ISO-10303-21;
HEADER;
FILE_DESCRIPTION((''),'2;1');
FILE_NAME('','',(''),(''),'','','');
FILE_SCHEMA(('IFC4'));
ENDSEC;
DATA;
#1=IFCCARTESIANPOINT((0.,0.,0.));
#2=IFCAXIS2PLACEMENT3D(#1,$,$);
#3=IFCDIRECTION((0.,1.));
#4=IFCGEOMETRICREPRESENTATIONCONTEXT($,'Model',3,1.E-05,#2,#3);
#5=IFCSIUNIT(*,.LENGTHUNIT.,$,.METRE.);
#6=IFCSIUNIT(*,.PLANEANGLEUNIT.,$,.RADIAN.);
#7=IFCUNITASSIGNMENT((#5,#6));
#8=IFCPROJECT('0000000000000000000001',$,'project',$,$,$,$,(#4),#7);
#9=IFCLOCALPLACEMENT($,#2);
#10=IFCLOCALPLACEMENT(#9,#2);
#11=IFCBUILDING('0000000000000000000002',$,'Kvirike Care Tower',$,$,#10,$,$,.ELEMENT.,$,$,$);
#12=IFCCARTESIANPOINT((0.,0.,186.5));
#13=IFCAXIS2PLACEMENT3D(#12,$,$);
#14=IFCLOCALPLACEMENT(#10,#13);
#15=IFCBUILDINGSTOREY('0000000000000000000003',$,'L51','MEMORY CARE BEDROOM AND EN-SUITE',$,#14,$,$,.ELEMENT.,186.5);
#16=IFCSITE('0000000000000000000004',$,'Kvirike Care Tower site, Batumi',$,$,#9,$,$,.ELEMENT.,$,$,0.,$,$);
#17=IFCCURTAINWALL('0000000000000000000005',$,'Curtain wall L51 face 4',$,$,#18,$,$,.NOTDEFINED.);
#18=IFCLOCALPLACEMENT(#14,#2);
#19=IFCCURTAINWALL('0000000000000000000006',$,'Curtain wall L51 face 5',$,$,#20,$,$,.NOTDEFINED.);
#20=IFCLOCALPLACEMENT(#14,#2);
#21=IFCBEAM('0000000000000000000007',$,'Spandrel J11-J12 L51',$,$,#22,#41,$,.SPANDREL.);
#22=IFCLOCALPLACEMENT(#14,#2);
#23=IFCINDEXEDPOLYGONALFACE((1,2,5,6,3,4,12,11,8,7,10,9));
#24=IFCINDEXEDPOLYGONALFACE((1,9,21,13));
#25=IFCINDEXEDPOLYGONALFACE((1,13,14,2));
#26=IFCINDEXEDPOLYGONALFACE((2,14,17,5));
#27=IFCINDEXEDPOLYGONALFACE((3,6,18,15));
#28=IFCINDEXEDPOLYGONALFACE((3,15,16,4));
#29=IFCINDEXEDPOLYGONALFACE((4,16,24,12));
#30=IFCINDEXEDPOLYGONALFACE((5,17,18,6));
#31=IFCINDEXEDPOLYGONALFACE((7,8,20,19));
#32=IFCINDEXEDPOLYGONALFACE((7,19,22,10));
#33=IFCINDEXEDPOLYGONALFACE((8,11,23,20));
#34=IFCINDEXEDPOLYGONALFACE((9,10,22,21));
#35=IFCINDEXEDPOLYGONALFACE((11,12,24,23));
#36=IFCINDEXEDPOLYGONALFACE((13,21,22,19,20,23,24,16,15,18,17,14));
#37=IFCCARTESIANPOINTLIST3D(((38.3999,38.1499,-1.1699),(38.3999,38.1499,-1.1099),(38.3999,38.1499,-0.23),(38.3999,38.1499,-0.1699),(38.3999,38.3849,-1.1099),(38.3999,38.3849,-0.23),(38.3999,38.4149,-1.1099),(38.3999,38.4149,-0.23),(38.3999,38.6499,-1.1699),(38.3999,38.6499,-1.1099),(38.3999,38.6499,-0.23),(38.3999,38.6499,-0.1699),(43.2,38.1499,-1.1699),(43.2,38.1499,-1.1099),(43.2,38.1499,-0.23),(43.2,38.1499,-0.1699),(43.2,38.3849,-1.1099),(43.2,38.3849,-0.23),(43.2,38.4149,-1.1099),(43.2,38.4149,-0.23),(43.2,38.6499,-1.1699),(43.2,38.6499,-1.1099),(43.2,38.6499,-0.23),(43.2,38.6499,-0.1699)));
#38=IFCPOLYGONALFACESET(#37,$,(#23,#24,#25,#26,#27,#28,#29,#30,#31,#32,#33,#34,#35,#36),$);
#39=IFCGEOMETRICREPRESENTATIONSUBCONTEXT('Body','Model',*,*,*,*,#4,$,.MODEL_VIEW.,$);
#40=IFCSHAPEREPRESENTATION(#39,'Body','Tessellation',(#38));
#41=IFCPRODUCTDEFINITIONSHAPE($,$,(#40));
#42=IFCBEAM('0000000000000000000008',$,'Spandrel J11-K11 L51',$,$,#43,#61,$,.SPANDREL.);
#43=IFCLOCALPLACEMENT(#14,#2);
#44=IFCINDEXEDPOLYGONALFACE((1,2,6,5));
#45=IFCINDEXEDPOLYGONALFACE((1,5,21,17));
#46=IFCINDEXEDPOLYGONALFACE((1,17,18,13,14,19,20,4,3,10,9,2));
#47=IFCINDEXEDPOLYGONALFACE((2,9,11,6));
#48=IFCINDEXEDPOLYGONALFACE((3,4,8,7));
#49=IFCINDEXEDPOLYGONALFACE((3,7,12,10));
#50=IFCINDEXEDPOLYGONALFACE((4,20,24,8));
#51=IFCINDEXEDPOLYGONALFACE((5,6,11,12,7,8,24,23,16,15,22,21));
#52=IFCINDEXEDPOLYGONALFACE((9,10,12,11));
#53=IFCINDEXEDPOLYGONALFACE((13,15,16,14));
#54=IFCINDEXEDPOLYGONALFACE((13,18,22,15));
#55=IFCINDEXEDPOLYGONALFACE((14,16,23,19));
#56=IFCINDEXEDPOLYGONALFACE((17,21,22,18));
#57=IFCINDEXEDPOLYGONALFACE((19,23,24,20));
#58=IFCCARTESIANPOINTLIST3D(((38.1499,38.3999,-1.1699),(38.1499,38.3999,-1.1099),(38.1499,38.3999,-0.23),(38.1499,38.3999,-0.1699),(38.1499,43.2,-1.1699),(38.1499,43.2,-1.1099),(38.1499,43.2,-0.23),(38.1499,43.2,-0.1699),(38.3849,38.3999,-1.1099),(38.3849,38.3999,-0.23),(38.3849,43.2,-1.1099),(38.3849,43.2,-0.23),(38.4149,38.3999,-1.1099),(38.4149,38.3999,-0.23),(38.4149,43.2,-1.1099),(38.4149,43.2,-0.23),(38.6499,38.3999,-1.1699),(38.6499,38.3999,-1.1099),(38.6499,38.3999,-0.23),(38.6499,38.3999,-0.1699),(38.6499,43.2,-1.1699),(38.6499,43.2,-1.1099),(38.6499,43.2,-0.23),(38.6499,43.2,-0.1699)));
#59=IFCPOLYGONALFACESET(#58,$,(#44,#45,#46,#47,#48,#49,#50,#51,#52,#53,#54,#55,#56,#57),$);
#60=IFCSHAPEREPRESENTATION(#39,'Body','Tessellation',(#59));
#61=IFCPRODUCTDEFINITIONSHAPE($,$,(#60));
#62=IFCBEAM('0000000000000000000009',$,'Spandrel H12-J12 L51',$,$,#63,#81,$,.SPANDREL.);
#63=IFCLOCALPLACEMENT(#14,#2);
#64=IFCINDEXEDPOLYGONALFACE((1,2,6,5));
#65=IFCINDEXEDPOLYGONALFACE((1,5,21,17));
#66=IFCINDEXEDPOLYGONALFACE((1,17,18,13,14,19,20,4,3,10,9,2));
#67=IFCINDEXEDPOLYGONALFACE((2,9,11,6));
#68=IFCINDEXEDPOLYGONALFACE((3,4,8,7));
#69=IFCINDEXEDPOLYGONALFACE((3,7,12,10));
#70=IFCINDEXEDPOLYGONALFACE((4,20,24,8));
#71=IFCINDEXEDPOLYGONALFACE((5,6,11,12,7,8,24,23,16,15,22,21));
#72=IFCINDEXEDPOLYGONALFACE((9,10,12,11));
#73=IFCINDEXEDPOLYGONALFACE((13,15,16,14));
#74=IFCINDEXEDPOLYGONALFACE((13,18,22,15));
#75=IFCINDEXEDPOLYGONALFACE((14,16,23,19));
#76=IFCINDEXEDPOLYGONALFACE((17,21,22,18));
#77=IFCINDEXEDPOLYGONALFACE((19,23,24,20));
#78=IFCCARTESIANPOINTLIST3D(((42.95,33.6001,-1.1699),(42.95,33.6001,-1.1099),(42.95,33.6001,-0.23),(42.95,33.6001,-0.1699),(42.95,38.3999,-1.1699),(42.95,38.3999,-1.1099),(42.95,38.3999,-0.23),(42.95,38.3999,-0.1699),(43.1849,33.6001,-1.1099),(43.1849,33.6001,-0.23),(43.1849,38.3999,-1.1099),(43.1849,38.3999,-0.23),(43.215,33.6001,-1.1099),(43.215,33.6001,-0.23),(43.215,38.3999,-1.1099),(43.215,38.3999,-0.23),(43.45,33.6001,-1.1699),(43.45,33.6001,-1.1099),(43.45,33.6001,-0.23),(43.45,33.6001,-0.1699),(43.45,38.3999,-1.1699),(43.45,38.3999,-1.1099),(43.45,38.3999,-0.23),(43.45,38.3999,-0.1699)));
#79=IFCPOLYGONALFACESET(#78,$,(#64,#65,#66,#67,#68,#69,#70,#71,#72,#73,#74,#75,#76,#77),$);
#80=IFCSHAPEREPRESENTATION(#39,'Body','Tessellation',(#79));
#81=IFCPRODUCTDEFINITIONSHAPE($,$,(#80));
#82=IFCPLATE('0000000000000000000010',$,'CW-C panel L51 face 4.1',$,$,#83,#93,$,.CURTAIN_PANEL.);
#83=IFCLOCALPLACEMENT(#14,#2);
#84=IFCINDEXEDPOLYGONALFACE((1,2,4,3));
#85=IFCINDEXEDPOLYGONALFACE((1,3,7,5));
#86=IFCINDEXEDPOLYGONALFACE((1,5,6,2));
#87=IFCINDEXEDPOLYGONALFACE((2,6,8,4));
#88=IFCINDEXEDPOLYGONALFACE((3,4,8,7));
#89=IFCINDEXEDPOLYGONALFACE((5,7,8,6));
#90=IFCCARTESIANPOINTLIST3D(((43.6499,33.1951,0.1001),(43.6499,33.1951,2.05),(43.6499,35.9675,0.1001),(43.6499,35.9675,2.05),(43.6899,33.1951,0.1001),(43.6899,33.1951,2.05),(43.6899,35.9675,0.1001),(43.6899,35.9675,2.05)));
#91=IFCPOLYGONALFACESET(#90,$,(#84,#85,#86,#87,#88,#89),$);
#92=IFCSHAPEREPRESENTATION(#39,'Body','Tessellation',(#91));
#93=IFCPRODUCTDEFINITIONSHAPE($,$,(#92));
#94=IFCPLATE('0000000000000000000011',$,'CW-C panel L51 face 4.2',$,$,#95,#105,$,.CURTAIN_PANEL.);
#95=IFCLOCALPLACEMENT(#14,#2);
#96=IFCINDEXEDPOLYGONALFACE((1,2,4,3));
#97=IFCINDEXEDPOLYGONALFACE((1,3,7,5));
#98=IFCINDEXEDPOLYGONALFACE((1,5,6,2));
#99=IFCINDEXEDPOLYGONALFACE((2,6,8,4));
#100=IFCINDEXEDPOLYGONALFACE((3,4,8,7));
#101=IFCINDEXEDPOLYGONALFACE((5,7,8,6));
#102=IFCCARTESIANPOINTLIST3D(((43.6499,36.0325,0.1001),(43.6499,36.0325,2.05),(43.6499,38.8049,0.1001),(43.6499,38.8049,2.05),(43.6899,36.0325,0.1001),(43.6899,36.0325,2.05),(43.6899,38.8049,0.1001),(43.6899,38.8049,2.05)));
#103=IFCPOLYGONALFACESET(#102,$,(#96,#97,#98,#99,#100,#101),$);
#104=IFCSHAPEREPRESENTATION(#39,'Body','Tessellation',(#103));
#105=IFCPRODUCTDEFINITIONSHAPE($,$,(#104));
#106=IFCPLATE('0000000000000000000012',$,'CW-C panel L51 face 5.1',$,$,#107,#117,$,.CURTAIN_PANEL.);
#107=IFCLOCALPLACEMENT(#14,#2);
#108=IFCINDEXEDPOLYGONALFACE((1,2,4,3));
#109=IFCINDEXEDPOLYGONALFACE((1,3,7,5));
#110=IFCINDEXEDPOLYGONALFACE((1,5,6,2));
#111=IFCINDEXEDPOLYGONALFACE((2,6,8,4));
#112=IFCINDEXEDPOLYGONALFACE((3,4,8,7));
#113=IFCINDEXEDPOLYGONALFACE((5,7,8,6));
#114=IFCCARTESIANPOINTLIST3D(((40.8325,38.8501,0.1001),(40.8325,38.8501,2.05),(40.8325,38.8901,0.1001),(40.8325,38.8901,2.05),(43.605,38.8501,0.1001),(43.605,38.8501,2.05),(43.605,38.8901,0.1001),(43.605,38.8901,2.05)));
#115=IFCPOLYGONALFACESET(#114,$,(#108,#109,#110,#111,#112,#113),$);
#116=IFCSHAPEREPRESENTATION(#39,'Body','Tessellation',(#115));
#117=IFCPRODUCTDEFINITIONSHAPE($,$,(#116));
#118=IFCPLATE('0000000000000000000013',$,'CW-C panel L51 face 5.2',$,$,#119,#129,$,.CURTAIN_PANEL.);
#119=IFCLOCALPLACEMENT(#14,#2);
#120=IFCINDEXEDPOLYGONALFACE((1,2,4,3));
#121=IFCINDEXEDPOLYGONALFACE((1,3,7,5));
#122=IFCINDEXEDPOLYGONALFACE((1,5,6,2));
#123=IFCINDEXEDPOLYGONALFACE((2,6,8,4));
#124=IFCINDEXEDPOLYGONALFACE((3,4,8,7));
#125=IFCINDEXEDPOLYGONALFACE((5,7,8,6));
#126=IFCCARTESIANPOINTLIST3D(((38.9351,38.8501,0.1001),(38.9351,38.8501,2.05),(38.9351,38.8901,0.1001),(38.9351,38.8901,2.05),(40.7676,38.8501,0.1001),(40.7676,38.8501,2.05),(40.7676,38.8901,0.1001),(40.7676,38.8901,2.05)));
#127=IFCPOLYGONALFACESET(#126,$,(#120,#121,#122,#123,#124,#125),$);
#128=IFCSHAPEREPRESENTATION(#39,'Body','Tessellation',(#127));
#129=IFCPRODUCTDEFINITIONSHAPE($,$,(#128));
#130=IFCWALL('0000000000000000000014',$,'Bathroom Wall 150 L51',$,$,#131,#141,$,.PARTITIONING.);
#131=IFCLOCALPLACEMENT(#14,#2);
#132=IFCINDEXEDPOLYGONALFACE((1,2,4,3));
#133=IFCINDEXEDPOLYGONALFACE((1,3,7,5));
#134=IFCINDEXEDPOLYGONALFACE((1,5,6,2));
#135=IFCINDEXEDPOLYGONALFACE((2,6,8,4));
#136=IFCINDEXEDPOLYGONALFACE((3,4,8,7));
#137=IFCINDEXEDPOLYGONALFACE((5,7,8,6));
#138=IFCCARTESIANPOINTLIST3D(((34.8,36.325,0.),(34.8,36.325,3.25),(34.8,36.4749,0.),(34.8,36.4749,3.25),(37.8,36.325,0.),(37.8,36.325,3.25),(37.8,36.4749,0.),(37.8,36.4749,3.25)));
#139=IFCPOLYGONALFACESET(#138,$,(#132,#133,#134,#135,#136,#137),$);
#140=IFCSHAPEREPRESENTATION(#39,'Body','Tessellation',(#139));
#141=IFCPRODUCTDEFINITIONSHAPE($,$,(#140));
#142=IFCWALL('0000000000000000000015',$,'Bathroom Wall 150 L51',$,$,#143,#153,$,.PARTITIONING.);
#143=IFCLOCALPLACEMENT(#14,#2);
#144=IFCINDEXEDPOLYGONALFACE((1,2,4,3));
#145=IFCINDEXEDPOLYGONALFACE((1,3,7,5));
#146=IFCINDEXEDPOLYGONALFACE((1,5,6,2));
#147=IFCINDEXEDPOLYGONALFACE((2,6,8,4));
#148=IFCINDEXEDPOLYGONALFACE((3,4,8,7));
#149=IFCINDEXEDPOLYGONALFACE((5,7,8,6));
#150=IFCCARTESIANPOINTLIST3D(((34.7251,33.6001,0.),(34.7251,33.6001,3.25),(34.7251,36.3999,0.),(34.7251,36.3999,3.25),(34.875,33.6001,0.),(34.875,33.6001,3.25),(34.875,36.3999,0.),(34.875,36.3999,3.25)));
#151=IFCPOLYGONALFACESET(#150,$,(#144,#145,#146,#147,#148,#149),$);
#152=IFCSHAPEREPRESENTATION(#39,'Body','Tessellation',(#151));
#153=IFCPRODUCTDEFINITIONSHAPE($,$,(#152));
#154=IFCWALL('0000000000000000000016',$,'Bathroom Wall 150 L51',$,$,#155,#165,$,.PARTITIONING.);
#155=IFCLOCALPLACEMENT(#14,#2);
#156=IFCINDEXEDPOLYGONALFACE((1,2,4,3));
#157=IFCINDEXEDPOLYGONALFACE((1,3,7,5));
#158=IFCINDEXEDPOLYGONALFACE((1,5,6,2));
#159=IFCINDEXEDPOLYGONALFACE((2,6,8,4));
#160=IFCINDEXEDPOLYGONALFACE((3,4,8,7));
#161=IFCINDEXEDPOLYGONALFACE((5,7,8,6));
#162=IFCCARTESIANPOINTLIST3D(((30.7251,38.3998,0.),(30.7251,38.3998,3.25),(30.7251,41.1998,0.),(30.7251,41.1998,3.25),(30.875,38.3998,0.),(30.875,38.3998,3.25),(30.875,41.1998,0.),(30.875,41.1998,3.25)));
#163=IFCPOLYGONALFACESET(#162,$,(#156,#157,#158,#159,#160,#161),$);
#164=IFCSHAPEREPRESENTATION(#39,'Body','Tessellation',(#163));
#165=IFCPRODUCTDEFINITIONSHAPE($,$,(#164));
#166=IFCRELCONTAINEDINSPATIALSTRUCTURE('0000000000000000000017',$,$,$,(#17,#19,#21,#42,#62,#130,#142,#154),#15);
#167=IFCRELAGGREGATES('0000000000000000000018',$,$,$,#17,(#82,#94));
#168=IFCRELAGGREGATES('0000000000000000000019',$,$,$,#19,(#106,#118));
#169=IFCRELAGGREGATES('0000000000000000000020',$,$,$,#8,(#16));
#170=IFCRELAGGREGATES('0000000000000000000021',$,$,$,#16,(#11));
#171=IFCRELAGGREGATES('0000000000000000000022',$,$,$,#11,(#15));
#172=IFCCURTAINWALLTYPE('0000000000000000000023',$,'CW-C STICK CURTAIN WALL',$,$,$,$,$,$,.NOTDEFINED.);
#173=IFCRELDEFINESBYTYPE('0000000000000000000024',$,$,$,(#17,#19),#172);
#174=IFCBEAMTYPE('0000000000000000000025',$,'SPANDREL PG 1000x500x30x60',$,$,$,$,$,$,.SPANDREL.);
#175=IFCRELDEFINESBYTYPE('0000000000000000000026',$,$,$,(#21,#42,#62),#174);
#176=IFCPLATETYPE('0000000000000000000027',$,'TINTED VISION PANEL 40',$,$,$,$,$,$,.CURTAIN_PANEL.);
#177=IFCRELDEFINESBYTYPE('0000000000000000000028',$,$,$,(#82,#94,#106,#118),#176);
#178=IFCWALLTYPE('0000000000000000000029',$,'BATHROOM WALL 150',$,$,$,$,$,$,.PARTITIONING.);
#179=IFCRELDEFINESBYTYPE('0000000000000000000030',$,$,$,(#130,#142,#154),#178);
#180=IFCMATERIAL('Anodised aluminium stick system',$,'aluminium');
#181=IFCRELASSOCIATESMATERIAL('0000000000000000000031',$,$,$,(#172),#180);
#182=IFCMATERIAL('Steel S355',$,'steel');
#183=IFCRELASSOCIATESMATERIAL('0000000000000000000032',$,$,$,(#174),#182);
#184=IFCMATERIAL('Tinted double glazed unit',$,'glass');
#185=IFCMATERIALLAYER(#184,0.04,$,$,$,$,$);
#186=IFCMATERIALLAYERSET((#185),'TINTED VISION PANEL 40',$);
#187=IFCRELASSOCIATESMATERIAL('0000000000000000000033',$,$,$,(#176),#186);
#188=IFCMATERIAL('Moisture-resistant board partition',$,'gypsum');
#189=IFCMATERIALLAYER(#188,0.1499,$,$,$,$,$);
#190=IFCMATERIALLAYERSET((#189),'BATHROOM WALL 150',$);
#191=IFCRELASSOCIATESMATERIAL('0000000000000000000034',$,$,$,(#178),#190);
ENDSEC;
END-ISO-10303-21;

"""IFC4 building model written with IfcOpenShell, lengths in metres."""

from ifc_helpers import new_model, si_unit, direction, frame, frame_2d, origin, origin_2d, place, context, subcontext, project, spatial, rectangle, i_section, extrude, material, layer, layer_set, material_profile, profile_set, type_object, element, aggregate, save


model = new_model("IFC4")

# Units and contexts
model_context = context("Model", 3, precision=1e-05, world=origin(), true_north=direction((0.0, 1.0)))
body_context = subcontext(model_context, "Body", "Model", "MODEL_VIEW")
ifc_project = project(units=[si_unit("LENGTHUNIT", "METRE"), si_unit("PLANEANGLEUNIT", "RADIAN")], contexts=[model_context])

# Site, building, storey
site_placement = place(None, origin())
site = spatial("IfcSite", under=ifc_project, at=site_placement, Name="Kvirike Care Tower site, Batumi", CompositionType="ELEMENT", RefElevation=0.0)
building_placement = place(site_placement, origin())
building = spatial("IfcBuilding", under=site, at=building_placement, Name="Kvirike Care Tower", CompositionType="ELEMENT")
storey_placement = place(building_placement, frame((0.0, 0.0, 186.5)))
storey = spatial("IfcBuildingStorey", under=building, at=storey_placement, Name="L51", Description="MEMORY CARE BEDROOM AND EN-SUITE", CompositionType="ELEMENT", Elevation=186.5)

# Curtain walls
ifc_material_1 = material(Name="Anodised aluminium stick system", Category="aluminium")
curtain_wall_type = type_object("IfcCurtainWallType", Name="CW-C STICK CURTAIN WALL", PredefinedType="NOTDEFINED", material=ifc_material_1)
curtain_wall_1_placement = place(storey_placement, origin())
curtain_wall_1 = element("IfcCurtainWall", 1, at=curtain_wall_1_placement, inside=storey, type_object=curtain_wall_type, Name="Curtain wall L51 face 4", PredefinedType="NOTDEFINED")
curtain_wall_2_placement = place(storey_placement, origin())
curtain_wall_2 = element("IfcCurtainWall", 2, at=curtain_wall_2_placement, inside=storey, type_object=curtain_wall_type, Name="Curtain wall L51 face 5", PredefinedType="NOTDEFINED")

# Beams
ifc_material_2 = material(Name="Steel S355", Category="steel")
ifc_material_profile_1 = material_profile(ifc_material_2, i_section(OverallWidth=0.5, OverallDepth=1.0, WebThickness=0.03, FlangeThickness=0.0601, at=origin_2d()), Name="PG 1000x500x30x60")
ifc_profile_set_1 = profile_set([ifc_material_profile_1], Name="Steel S355")
beam_type = type_object("IfcBeamType", Name="SPANDREL PG 1000x500x30x60", PredefinedType="SPANDREL", material=ifc_profile_set_1)
for number, where, z_axis, x_axis, name in (
    (3, (38.3999, 38.3999, -0.6699), (1.0, 0.0, 0.0), (0.0, 1.0, 0.0), "Spandrel J11-J12 L51"),
    (4, (38.3999, 38.3999, -0.6699), (0.0, 1.0, 0.0), (-1.0, 0.0, 0.0), "Spandrel J11-K11 L51"),
):
    element("IfcBeam", number, at=place(storey_placement, frame(where, z_axis=z_axis, x_axis=x_axis)), inside=storey, type_object=beam_type, Name=name, PredefinedType="SPANDREL", context=body_context, shape_type="SweptSolid", body=[
        extrude(i_section(OverallWidth=0.5, OverallDepth=1.0, WebThickness=0.03, FlangeThickness=0.0601, at=origin_2d()), origin(), (0.0, 0.0, 1.0), 4.8),
    ])
beam_placement = place(storey_placement, frame((43.2, 33.6001, -0.6699), z_axis=(0.0, 1.0, 0.0), x_axis=(-1.0, 0.0, 0.0)))
element("IfcBeam", 5, at=beam_placement, inside=storey, type_object=beam_type, Name="Spandrel H12-J12 L51", PredefinedType="SPANDREL", context=body_context, shape_type="SweptSolid", body=[
    extrude(i_section(OverallWidth=0.5, OverallDepth=1.0, WebThickness=0.03, FlangeThickness=0.0601, at=origin_2d()), origin(), (0.0, 0.0, 1.0), 4.7998),
])

# Plates
ifc_material_3 = material(Name="Tinted double glazed unit", Category="glass")
ifc_layer_1 = layer(ifc_material_3, 0.04)
ifc_layer_set_1 = layer_set([ifc_layer_1], Name="TINTED VISION PANEL 40")
plate_type = type_object("IfcPlateType", Name="TINTED VISION PANEL 40", PredefinedType="CURTAIN_PANEL", material=ifc_layer_set_1)
plate_1_placement = place(storey_placement, frame((43.6699, 34.5813, 0.1001), z_axis=(0.0, 0.0, 1.0), x_axis=(0.0, 1.0, 0.0)))
plate_1 = element("IfcPlate", 6, at=plate_1_placement, type_object=plate_type, Name="CW-C panel L51 face 4.1", PredefinedType="CURTAIN_PANEL", context=body_context, shape_type="SweptSolid", body=[
    extrude(rectangle(XDim=2.7725, YDim=0.04, at=origin_2d()), origin(), (0.0, 0.0, 1.0), 1.95),
])
plate_2_placement = place(storey_placement, frame((43.6699, 37.4187, 0.1001), z_axis=(0.0, 0.0, 1.0), x_axis=(0.0, 1.0, 0.0)))
plate_2 = element("IfcPlate", 7, at=plate_2_placement, type_object=plate_type, Name="CW-C panel L51 face 4.2", PredefinedType="CURTAIN_PANEL", context=body_context, shape_type="SweptSolid", body=[
    extrude(rectangle(XDim=2.7725, YDim=0.04, at=origin_2d()), origin(), (0.0, 0.0, 1.0), 1.95),
])
aggregate(curtain_wall_1, [plate_1, plate_2])
plate_3_placement = place(storey_placement, frame((42.2188, 38.8701, 0.1001), z_axis=(0.0, 0.0, 1.0), x_axis=(-1.0, 0.0, 0.0)))
plate_3 = element("IfcPlate", 8, at=plate_3_placement, type_object=plate_type, Name="CW-C panel L51 face 5.1", PredefinedType="CURTAIN_PANEL", context=body_context, shape_type="SweptSolid", body=[
    extrude(rectangle(XDim=2.7725, YDim=0.04, at=origin_2d()), origin(), (0.0, 0.0, 1.0), 1.95),
])
plate_4_placement = place(storey_placement, frame((39.8513, 38.8701, 0.1001), z_axis=(0.0, 0.0, 1.0), x_axis=(-1.0, 0.0, 0.0)))
plate_4 = element("IfcPlate", 9, at=plate_4_placement, type_object=plate_type, Name="CW-C panel L51 face 5.2", PredefinedType="CURTAIN_PANEL", context=body_context, shape_type="SweptSolid", body=[
    extrude(rectangle(XDim=1.8325, YDim=0.04, at=origin_2d()), origin(), (0.0, 0.0, 1.0), 1.95),
])
aggregate(curtain_wall_2, [plate_3, plate_4])

# Walls
ifc_material_4 = material(Name="Moisture-resistant board partition", Category="gypsum")
ifc_layer_2 = layer(ifc_material_4, 0.1499)
ifc_layer_set_2 = layer_set([ifc_layer_2], Name="BATHROOM WALL 150")
wall_type_1 = type_object("IfcWallType", Name="BATHROOM WALL 150", PredefinedType="PARTITIONING", material=ifc_layer_set_2)
wall_1_placement = place(storey_placement, frame((37.8, 36.3999, 0.0), z_axis=(0.0, 0.0, 1.0), x_axis=(-1.0, 0.0, 0.0)))
element("IfcWall", 10, at=wall_1_placement, inside=storey, type_object=wall_type_1, Name="Bathroom Wall 150 L51", PredefinedType="PARTITIONING", context=body_context, shape_type="SweptSolid", body=[
    extrude(rectangle(XDim=3.0, YDim=0.1499, at=frame_2d((1.5, 0.0))), origin(), (0.0, 0.0, 1.0), 3.25),
])
wall_2_placement = place(storey_placement, frame((34.8, 33.6001, 0.0), z_axis=(0.0, 0.0, 1.0), x_axis=(0.0, 1.0, 0.0)))
element("IfcWall", 11, at=wall_2_placement, inside=storey, type_object=wall_type_1, Name="Bathroom Wall 150 L51", PredefinedType="PARTITIONING", context=body_context, shape_type="SweptSolid", body=[
    extrude(rectangle(XDim=2.7998, YDim=0.1499, at=frame_2d((1.3999, 0.0))), origin(), (0.0, 0.0, 1.0), 3.25),
])
wall_3_placement = place(storey_placement, frame((30.8, 38.3999, 0.0), z_axis=(0.0, 0.0, 1.0), x_axis=(0.0, 1.0, 0.0)))
element("IfcWall", 12, at=wall_3_placement, inside=storey, type_object=wall_type_1, Name="Bathroom Wall 150 L51", PredefinedType="PARTITIONING", context=body_context, shape_type="SweptSolid", body=[
    extrude(rectangle(XDim=2.8, YDim=0.1499, at=frame_2d((1.3999, 0.0))), origin(), (0.0, 0.0, 1.0), 3.25),
])

save(model, "model.ifc")
